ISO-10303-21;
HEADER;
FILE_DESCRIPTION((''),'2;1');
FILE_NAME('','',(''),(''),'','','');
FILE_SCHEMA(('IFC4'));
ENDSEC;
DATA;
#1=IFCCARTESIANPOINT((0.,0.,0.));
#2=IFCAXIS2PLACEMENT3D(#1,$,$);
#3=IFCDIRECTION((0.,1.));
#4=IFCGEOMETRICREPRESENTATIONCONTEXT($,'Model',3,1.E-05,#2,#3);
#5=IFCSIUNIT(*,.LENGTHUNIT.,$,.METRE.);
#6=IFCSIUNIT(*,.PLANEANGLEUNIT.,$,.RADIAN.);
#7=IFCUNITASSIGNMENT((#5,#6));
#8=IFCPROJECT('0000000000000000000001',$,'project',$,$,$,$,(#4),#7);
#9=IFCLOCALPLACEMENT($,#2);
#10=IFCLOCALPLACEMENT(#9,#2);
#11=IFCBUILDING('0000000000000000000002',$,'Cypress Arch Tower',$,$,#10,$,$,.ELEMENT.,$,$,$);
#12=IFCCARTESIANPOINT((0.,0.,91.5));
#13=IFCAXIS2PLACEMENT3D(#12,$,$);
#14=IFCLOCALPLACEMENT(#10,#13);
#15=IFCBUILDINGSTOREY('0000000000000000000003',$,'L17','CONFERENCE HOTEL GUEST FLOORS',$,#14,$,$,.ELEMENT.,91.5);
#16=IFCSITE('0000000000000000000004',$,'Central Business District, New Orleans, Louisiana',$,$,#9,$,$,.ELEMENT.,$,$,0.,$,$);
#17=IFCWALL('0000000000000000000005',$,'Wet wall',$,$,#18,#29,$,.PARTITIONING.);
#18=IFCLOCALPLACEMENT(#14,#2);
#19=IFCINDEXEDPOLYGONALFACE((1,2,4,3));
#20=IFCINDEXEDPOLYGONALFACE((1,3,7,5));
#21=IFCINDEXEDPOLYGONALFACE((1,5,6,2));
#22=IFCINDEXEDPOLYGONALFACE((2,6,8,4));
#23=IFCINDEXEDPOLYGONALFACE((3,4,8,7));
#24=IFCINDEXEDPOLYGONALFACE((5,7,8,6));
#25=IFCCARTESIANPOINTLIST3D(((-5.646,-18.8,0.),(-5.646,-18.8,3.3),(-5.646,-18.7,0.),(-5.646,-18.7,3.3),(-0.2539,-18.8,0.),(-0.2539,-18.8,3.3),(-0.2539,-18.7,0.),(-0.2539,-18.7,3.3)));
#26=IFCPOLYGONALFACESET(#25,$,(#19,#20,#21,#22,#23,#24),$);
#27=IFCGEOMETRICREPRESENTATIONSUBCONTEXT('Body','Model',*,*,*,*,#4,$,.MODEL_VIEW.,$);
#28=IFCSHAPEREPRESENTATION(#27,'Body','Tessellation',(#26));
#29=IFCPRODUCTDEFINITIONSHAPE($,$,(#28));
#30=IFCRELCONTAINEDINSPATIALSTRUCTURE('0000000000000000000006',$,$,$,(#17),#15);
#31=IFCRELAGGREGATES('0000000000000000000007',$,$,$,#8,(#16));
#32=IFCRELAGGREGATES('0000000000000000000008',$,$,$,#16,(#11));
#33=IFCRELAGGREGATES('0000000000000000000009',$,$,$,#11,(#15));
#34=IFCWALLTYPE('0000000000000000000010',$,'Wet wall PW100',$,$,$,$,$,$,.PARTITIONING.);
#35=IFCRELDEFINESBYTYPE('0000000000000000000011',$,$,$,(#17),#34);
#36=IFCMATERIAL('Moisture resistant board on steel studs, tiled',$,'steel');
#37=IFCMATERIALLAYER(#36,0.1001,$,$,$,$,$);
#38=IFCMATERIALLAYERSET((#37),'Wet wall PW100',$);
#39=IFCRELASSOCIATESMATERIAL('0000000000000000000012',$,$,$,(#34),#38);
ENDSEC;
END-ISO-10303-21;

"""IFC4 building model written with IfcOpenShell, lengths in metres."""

from ifc_helpers import new_model, si_unit, direction, frame, frame_2d, origin, place, context, subcontext, project, spatial, rectangle, extrude, material, layer, layer_set, type_object, element, save


model = new_model("IFC4")

# Units and contexts
model_context = context("Model", 3, precision=1e-05, world=origin(), true_north=direction((0.0, 1.0)))
body_context = subcontext(model_context, "Body", "Model", "MODEL_VIEW")
ifc_project = project(units=[si_unit("LENGTHUNIT", "METRE"), si_unit("PLANEANGLEUNIT", "RADIAN")], contexts=[model_context])

# Site, building, storey
site_placement = place(None, origin())
site = spatial("IfcSite", under=ifc_project, at=site_placement, Name="Central Business District, New Orleans, Louisiana", CompositionType="ELEMENT", RefElevation=0.0)
building_placement = place(site_placement, origin())
building = spatial("IfcBuilding", under=site, at=building_placement, Name="Cypress Arch Tower", CompositionType="ELEMENT")
storey_placement = place(building_placement, frame((0.0, 0.0, 91.5)))
storey = spatial("IfcBuildingStorey", under=building, at=storey_placement, Name="L17", Description="CONFERENCE HOTEL GUEST FLOORS", CompositionType="ELEMENT", Elevation=91.5)

# Wall
ifc_material_1 = material(Name="Moisture resistant board on steel studs, tiled", Category="steel")
ifc_layer_1 = layer(ifc_material_1, 0.1001)
ifc_layer_set_1 = layer_set([ifc_layer_1], Name="Wet wall PW100")
wall_type_1 = type_object("IfcWallType", Name="Wet wall PW100", PredefinedType="PARTITIONING", material=ifc_layer_set_1)
wall_1_placement = place(storey_placement, frame((-5.646, -18.75, 0.0), z_axis=(0.0, 0.0, 1.0), x_axis=(1.0, 0.0, 0.0)))
element("IfcWall", 1, at=wall_1_placement, inside=storey, type_object=wall_type_1, Name="Wet wall", PredefinedType="PARTITIONING", context=body_context, shape_type="SweptSolid", body=[
    extrude(rectangle(XDim=5.3921, YDim=0.1001, at=frame_2d((2.696, 0.0))), origin(), (0.0, 0.0, 1.0), 3.3),
])

save(model, "model.ifc")
